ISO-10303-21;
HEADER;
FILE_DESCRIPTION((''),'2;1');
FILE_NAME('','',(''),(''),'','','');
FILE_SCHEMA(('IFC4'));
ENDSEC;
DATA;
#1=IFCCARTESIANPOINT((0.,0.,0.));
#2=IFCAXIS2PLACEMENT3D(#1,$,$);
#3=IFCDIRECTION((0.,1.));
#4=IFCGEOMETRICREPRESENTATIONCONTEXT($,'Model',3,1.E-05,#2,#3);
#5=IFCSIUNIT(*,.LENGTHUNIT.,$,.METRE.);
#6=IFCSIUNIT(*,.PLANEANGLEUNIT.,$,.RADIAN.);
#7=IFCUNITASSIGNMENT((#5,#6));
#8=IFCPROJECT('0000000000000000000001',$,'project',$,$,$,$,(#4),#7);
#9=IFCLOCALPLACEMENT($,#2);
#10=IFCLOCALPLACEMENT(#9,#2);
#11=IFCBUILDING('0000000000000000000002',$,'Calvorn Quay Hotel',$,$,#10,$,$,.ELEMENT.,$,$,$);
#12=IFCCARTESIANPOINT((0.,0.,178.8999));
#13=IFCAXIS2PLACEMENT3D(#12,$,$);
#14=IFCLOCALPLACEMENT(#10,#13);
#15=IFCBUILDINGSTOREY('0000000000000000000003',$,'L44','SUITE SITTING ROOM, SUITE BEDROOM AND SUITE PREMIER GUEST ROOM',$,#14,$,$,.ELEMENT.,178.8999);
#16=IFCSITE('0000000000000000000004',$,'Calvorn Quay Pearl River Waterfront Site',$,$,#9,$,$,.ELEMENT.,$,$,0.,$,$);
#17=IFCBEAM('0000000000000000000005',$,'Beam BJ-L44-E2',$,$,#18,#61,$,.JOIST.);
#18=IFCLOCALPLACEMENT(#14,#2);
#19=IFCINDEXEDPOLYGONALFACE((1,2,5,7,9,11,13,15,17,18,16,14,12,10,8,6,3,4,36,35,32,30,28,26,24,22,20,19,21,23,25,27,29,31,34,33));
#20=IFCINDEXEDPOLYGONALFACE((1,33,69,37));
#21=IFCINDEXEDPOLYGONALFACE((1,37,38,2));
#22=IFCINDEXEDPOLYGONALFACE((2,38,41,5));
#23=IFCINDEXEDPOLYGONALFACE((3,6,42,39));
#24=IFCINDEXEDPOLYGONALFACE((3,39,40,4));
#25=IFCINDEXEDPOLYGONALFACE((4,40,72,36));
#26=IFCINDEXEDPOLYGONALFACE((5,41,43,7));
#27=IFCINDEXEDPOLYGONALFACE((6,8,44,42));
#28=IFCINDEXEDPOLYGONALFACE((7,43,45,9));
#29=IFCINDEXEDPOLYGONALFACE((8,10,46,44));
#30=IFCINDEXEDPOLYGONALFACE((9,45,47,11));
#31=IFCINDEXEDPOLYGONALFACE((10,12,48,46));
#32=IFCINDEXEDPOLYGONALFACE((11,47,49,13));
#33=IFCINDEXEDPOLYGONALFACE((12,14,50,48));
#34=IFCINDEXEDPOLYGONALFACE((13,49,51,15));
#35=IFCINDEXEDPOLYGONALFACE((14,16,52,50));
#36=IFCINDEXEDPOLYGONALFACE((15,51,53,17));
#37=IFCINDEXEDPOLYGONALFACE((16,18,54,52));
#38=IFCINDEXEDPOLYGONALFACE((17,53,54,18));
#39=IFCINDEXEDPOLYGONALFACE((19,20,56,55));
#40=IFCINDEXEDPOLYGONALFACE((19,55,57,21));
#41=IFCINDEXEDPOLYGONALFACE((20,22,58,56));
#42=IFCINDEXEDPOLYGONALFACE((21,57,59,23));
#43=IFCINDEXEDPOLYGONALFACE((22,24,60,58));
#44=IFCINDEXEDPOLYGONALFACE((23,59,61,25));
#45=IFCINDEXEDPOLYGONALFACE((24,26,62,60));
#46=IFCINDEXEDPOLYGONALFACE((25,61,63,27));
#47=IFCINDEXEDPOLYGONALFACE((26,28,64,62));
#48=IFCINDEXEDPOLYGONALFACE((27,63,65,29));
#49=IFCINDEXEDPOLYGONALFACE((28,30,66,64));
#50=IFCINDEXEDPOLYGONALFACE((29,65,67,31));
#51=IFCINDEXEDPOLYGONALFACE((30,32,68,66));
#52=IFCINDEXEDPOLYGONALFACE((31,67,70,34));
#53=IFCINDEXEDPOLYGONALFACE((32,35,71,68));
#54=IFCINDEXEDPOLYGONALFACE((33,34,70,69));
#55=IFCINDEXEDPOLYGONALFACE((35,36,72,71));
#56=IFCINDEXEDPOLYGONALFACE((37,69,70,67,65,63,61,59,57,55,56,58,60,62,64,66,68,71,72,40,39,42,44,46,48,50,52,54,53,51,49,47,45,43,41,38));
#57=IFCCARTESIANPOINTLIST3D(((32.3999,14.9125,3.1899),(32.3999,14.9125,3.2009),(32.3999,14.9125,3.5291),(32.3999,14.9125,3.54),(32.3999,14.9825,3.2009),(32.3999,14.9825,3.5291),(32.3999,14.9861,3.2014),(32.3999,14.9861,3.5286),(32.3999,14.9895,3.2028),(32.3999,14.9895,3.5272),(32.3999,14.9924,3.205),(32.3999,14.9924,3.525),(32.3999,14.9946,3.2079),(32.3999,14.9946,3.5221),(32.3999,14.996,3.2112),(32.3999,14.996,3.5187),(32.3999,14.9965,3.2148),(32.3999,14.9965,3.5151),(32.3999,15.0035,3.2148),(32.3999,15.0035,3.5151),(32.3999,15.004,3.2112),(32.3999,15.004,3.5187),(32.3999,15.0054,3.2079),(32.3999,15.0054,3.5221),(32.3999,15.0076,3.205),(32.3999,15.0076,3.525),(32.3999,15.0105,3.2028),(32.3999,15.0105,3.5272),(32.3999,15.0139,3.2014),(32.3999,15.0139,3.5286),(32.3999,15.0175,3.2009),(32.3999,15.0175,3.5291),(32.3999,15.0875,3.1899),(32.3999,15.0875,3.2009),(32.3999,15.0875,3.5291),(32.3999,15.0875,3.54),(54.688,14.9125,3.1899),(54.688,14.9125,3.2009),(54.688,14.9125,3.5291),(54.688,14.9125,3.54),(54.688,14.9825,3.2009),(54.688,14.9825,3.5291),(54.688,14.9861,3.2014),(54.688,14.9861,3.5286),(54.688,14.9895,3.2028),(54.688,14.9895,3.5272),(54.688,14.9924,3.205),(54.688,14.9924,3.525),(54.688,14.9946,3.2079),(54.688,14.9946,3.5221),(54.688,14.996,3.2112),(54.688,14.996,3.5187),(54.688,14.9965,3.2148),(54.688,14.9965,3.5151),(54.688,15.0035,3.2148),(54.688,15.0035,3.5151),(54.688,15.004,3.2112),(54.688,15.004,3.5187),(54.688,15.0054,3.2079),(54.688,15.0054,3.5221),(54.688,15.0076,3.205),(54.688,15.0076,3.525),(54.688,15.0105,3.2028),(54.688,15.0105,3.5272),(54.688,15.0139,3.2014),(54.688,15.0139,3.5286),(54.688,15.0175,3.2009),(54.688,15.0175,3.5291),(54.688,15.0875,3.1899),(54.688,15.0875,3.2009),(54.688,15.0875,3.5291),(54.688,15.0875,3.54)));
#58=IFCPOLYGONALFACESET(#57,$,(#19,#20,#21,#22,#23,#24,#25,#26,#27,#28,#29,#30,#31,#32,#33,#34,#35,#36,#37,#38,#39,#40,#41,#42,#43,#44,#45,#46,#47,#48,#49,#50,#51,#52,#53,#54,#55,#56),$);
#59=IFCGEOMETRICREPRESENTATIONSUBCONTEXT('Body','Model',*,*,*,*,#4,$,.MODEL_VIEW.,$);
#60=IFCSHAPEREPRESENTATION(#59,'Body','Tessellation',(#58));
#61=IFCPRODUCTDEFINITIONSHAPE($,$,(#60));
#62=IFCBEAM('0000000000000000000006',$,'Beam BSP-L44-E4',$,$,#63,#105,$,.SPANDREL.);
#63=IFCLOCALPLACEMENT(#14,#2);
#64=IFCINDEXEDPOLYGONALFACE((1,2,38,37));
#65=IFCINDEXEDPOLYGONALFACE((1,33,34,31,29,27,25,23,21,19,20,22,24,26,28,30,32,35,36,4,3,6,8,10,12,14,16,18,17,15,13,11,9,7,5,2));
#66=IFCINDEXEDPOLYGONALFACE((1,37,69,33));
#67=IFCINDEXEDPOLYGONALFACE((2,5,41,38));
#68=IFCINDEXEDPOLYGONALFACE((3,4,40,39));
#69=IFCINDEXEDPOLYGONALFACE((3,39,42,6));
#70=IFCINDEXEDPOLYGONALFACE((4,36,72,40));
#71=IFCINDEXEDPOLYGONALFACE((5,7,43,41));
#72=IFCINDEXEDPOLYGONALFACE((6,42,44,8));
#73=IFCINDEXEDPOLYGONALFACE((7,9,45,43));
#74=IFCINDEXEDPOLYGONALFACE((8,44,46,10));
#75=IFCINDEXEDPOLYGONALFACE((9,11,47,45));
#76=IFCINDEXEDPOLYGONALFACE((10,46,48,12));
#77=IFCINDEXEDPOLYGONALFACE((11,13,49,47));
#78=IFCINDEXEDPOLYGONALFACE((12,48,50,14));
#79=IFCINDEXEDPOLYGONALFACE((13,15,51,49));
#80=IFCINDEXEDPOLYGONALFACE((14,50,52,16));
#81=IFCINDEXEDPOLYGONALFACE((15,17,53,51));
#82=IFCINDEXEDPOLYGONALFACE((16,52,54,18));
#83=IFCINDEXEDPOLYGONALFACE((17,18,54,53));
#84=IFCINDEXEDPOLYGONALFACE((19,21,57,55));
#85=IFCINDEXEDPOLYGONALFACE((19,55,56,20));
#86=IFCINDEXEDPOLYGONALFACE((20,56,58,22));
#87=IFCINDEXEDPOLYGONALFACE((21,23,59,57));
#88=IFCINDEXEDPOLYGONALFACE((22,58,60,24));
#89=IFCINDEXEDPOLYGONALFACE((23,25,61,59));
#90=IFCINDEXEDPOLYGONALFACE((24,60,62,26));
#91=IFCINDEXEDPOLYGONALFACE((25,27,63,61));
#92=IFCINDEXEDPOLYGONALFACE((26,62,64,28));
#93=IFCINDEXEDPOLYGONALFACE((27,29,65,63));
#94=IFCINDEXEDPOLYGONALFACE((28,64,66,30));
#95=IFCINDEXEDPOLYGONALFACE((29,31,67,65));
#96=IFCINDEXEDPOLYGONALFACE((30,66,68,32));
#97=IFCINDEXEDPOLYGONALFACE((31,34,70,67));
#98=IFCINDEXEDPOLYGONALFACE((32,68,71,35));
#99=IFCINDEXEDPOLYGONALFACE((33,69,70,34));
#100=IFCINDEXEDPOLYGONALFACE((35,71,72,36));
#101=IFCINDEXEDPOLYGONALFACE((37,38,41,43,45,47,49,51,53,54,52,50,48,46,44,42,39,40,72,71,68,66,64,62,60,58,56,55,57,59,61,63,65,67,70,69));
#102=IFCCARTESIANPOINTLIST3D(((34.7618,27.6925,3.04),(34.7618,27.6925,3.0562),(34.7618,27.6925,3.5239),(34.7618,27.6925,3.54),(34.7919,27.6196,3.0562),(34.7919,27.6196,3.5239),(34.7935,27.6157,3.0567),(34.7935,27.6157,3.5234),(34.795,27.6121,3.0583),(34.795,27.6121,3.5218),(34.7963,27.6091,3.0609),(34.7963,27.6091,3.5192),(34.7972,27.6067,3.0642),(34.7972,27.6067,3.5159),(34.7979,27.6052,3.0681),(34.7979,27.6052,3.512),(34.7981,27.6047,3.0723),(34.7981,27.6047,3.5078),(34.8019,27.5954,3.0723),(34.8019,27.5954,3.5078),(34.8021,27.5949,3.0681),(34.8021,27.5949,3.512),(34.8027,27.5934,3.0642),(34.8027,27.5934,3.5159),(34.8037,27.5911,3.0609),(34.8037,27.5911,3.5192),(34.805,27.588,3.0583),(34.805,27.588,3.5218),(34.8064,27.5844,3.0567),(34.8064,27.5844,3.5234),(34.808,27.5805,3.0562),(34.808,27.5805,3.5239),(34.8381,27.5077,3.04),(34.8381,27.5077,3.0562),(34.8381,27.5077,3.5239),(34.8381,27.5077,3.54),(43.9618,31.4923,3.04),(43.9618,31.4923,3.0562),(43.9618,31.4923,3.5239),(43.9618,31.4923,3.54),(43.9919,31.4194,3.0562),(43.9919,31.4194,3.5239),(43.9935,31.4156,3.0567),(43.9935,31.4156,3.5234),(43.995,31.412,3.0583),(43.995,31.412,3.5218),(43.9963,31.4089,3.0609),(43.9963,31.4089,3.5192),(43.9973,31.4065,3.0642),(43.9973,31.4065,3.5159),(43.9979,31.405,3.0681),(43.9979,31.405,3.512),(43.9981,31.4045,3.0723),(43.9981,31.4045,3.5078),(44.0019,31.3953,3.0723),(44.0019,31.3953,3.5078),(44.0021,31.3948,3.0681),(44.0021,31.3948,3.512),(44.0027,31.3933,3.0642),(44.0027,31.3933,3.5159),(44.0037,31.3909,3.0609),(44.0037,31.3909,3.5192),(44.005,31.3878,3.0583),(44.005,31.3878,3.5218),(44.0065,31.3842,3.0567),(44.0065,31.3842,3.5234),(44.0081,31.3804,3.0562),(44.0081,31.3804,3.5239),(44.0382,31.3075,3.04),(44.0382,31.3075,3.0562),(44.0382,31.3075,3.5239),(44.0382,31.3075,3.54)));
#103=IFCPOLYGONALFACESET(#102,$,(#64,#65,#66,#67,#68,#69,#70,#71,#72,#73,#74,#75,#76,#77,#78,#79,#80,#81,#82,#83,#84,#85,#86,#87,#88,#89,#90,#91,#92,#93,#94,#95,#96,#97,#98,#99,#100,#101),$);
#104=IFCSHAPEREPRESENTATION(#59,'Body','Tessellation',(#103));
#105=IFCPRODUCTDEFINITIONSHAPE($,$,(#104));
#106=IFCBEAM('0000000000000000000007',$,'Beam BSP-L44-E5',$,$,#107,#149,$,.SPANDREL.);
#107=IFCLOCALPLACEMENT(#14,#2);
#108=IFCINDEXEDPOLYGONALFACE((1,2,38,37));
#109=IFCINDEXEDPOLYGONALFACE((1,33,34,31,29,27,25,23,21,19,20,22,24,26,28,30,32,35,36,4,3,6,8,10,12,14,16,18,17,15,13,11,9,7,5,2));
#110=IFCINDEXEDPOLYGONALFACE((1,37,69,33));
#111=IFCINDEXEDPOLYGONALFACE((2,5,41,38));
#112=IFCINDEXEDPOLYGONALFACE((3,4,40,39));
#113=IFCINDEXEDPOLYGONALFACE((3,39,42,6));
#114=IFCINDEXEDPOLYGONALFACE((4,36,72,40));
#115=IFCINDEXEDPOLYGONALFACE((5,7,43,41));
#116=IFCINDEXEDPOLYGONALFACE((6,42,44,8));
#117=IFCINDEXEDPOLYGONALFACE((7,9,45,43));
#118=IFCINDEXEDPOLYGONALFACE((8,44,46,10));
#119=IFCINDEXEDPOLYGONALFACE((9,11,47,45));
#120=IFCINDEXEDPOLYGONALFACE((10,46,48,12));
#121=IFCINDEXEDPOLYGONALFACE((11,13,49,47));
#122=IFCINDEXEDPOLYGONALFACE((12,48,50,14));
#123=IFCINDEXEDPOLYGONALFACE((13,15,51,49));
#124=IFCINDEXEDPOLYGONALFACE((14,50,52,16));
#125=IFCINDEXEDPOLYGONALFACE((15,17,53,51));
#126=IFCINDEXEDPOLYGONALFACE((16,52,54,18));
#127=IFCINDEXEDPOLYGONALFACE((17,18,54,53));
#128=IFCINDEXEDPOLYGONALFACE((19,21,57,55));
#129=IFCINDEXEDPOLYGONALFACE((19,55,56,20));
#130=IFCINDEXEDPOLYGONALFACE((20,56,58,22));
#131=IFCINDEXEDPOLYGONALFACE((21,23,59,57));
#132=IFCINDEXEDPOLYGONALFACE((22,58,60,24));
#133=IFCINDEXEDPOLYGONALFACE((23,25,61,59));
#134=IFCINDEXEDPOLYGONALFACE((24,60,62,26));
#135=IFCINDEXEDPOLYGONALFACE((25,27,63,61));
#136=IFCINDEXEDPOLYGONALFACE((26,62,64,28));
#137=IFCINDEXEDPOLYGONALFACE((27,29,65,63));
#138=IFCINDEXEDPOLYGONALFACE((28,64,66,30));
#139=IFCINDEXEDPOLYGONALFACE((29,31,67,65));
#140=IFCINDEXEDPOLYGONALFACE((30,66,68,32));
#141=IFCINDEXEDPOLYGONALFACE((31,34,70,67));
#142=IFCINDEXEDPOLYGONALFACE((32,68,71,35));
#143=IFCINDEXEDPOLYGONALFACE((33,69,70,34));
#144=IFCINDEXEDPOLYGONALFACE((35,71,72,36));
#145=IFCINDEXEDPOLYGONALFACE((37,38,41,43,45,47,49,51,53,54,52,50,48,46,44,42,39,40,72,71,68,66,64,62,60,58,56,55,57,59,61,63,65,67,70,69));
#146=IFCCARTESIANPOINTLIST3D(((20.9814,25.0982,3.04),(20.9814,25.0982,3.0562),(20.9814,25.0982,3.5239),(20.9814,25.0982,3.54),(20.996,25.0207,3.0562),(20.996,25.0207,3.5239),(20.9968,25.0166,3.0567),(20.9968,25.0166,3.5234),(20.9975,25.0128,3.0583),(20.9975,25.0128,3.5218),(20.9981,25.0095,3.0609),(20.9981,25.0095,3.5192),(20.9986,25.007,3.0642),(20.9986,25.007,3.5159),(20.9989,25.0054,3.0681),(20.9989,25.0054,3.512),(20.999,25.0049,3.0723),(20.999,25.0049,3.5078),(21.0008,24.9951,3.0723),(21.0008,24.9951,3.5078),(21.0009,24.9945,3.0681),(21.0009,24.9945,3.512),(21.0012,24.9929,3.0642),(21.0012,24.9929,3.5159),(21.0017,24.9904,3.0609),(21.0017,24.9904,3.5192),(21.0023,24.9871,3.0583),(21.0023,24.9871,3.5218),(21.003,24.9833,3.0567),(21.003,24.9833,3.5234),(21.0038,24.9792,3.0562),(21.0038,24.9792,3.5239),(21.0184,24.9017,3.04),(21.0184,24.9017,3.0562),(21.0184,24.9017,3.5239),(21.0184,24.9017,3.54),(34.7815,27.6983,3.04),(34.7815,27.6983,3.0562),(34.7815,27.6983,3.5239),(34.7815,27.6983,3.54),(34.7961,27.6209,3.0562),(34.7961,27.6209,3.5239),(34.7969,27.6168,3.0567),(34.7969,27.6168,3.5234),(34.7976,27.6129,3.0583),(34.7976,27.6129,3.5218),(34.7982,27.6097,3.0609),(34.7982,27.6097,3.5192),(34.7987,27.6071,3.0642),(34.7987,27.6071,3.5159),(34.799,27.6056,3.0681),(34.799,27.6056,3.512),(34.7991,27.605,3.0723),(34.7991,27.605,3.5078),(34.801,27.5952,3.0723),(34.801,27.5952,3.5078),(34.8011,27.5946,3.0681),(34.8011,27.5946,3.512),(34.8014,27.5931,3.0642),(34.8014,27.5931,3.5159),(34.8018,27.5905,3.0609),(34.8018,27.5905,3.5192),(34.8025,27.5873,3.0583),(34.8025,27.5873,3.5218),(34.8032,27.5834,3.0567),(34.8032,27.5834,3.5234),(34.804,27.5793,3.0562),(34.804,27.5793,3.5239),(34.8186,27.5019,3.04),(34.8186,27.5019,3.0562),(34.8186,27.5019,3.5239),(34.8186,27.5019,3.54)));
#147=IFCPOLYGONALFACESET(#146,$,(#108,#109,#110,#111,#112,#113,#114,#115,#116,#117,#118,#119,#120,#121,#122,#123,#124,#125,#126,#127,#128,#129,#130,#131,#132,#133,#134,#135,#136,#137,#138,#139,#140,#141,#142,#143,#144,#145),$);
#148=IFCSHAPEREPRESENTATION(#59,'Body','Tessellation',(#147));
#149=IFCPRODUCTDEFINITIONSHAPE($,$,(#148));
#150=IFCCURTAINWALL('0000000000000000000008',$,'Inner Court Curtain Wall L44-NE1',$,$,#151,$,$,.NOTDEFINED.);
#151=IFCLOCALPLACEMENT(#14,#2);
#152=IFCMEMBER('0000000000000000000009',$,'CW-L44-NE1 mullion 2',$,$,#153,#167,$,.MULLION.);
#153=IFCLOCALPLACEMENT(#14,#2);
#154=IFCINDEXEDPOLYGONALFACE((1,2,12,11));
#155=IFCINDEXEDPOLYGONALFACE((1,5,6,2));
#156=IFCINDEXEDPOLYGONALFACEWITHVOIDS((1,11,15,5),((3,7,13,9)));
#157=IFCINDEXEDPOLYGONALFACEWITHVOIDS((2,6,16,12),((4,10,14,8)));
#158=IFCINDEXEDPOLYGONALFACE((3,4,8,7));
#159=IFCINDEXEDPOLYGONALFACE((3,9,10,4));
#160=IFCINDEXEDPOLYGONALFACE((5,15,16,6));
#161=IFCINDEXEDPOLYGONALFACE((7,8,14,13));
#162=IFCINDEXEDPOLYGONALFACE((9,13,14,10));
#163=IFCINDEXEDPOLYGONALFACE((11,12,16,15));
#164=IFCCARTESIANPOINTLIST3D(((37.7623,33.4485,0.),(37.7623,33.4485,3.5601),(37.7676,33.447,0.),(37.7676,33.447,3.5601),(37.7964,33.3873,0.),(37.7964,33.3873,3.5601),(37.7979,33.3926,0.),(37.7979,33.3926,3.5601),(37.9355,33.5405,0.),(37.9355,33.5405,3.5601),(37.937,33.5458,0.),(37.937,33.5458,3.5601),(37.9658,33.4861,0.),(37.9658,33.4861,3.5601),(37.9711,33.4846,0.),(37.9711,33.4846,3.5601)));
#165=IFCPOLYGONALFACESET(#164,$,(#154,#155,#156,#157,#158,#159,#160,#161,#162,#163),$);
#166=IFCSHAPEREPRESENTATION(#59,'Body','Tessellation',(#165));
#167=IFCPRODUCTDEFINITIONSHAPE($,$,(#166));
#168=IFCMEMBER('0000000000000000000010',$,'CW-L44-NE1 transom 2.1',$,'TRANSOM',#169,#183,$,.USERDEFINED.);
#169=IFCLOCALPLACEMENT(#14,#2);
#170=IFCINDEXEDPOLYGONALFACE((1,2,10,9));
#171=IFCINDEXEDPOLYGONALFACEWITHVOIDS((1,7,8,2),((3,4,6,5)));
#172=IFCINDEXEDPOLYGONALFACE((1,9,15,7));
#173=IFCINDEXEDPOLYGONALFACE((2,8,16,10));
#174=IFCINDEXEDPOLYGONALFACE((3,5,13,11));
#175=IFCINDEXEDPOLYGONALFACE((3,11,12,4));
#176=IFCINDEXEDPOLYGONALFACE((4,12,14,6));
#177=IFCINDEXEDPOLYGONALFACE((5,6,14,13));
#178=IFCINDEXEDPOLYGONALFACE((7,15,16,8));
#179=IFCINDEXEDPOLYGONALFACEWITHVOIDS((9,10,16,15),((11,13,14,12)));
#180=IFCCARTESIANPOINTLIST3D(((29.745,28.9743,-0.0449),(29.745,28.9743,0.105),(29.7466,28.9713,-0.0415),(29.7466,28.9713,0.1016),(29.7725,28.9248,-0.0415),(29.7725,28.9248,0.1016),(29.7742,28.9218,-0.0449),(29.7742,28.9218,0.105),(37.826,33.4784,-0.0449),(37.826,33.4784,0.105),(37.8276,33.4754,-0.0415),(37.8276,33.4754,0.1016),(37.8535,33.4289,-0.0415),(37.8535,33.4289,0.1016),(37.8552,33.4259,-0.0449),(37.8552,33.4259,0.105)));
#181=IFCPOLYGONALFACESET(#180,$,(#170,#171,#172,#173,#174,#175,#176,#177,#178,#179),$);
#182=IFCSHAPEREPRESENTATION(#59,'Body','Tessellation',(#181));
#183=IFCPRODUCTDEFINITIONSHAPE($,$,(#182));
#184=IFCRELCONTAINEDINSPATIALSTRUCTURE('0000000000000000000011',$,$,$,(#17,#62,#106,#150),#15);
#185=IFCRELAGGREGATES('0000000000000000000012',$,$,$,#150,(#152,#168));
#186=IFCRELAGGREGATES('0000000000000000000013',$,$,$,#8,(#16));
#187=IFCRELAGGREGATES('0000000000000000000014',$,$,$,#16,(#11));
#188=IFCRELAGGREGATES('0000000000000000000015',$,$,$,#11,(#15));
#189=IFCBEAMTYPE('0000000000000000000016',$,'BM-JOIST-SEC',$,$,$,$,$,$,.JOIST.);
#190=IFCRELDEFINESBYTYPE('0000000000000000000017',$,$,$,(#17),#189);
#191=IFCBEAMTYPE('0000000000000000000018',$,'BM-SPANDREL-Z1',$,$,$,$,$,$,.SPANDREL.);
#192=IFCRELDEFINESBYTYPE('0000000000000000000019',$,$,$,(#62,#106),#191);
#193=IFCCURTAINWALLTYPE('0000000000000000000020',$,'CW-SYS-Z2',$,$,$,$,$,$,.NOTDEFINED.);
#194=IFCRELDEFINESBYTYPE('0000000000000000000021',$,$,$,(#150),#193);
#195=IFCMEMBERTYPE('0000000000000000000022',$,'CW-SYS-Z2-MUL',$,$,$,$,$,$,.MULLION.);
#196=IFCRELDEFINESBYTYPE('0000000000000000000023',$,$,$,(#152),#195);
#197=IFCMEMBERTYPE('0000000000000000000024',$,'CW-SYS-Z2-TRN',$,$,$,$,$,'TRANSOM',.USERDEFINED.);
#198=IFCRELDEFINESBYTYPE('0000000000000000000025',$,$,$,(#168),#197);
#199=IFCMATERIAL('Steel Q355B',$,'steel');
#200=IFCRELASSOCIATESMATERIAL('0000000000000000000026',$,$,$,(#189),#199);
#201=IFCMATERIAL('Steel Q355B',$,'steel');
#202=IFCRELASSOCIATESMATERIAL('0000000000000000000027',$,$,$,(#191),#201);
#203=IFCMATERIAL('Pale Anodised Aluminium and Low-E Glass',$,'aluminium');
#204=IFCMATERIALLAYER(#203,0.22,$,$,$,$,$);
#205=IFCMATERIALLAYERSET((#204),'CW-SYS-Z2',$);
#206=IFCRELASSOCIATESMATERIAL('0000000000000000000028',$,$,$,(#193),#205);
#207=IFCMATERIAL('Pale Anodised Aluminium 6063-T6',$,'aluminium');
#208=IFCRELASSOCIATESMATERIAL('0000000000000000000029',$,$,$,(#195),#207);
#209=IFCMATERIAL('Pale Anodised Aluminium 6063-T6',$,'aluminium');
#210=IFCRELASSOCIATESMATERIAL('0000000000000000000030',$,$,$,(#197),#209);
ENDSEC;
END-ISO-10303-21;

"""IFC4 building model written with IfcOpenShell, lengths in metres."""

from ifc_helpers import new_model, si_unit, direction, frame, origin, origin_2d, place, context, subcontext, project, spatial, hollow_rectangle, i_section, extrude, material, layer, layer_set, material_profile, profile_set, type_object, element, aggregate, save


model = new_model("IFC4")

# Units and contexts
model_context = context("Model", 3, precision=1e-05, world=origin(), true_north=direction((0.0, 1.0)))
body_context = subcontext(model_context, "Body", "Model", "MODEL_VIEW")
ifc_project = project(units=[si_unit("LENGTHUNIT", "METRE"), si_unit("PLANEANGLEUNIT", "RADIAN")], contexts=[model_context])

# Site, building, storey
site_placement = place(None, origin())
site = spatial("IfcSite", under=ifc_project, at=site_placement, Name="Calvorn Quay Pearl River Waterfront Site", CompositionType="ELEMENT", RefElevation=0.0)
building_placement = place(site_placement, origin())
building = spatial("IfcBuilding", under=site, at=building_placement, Name="Calvorn Quay Hotel", CompositionType="ELEMENT")
storey_placement = place(building_placement, frame((0.0, 0.0, 178.8999)))
storey = spatial("IfcBuildingStorey", under=building, at=storey_placement, Name="L44", Description="SUITE SITTING ROOM, SUITE BEDROOM AND SUITE PREMIER GUEST ROOM", CompositionType="ELEMENT", Elevation=178.8999)

# Beams
ifc_material_1 = material(Name="Steel Q355B", Category="steel")
ifc_material_profile_1 = material_profile(ifc_material_1, i_section(OverallWidth=0.175, OverallDepth=0.3501, WebThickness=0.0071, FlangeThickness=0.011, FilletRadius=0.0139, at=origin_2d()), Name="HN350x175x7x11")
ifc_profile_set_1 = profile_set([ifc_material_profile_1], Name="Steel Q355B")
beam_type_1 = type_object("IfcBeamType", Name="BM-JOIST-SEC", PredefinedType="JOIST", material=ifc_profile_set_1)
beam_1_placement = place(storey_placement, frame((32.3999, 15.0, 3.365), z_axis=(1.0, 0.0, 0.0), x_axis=(0.0, 1.0, 0.0)))
element("IfcBeam", 1, at=beam_1_placement, inside=storey, type_object=beam_type_1, Name="Beam BJ-L44-E2", PredefinedType="JOIST", context=body_context, shape_type="SweptSolid", body=[
    extrude(i_section(OverallWidth=0.175, OverallDepth=0.3501, WebThickness=0.0071, FlangeThickness=0.011, FilletRadius=0.0139, at=origin_2d()), origin(), (0.0, 0.0, 1.0), 22.2881),
])
ifc_material_2 = material(Name="Steel Q355B", Category="steel")
ifc_material_profile_2 = material_profile(ifc_material_2, i_section(OverallWidth=0.2, OverallDepth=0.5, WebThickness=0.01, FlangeThickness=0.0161, FilletRadius=0.0161, at=origin_2d()), Name="HN500x200x10x16")
ifc_profile_set_2 = profile_set([ifc_material_profile_2], Name="Steel Q355B")
beam_type_2 = type_object("IfcBeamType", Name="BM-SPANDREL-Z1", PredefinedType="SPANDREL", material=ifc_profile_set_2)
beam_2_placement = place(storey_placement, frame((44.0, 31.3999, 3.29), z_axis=(-0.924268, -0.381745, 0.0), x_axis=(0.381745, -0.924268, 0.0)))
element("IfcBeam", 2, at=beam_2_placement, inside=storey, type_object=beam_type_2, Name="Beam BSP-L44-E4", PredefinedType="SPANDREL", context=body_context, shape_type="SweptSolid", body=[
    extrude(i_section(OverallWidth=0.2, OverallDepth=0.5, WebThickness=0.01, FlangeThickness=0.0161, FilletRadius=0.0161, at=origin_2d()), origin(), (0.0, 0.0, 1.0), 9.9539),
])
beam_3_placement = place(storey_placement, frame((34.8, 27.6001, 3.29), z_axis=(-0.982709, -0.185154, 0.0), x_axis=(0.185154, -0.982709, 0.0)))
element("IfcBeam", 3, at=beam_3_placement, inside=storey, type_object=beam_type_2, Name="Beam BSP-L44-E5", PredefinedType="SPANDREL", context=body_context, shape_type="SweptSolid", body=[
    extrude(i_section(OverallWidth=0.2, OverallDepth=0.5, WebThickness=0.01, FlangeThickness=0.0161, FilletRadius=0.0161, at=origin_2d()), origin(), (0.0, 0.0, 1.0), 14.043),
])

# Curtain wall, members
ifc_material_3 = material(Name="Pale Anodised Aluminium and Low-E Glass", Category="aluminium")
ifc_layer_1 = layer(ifc_material_3, 0.22)
ifc_layer_set_1 = layer_set([ifc_layer_1], Name="CW-SYS-Z2")
curtain_wall_type = type_object("IfcCurtainWallType", Name="CW-SYS-Z2", PredefinedType="NOTDEFINED", material=ifc_layer_set_1)
curtain_wall_placement = place(storey_placement, origin())
curtain_wall = element("IfcCurtainWall", 4, at=curtain_wall_placement, inside=storey, type_object=curtain_wall_type, Name="Inner Court Curtain Wall L44-NE1", PredefinedType="NOTDEFINED")
ifc_material_4 = material(Name="Pale Anodised Aluminium 6063-T6", Category="aluminium")
ifc_material_profile_3 = material_profile(ifc_material_4, hollow_rectangle(XDim=0.0701, YDim=0.2, WallThickness=0.0039, at=origin_2d()), Name="ALU-M200x70x4")
ifc_profile_set_3 = profile_set([ifc_material_profile_3], Name="Pale Anodised Aluminium 6063-T6")
member_type_1 = type_object("IfcMemberType", Name="CW-SYS-Z2-MUL", PredefinedType="MULLION", material=ifc_profile_set_3)
member_1_placement = place(storey_placement, frame((37.8667, 33.4666, 0.0), z_axis=(0.0, 0.0, 1.0), x_axis=(0.486858, -0.873481, 0.0)))
member_1 = element("IfcMember", 5, at=member_1_placement, type_object=member_type_1, Name="CW-L44-NE1 mullion 2", PredefinedType="MULLION", context=body_context, shape_type="SweptSolid", body=[
    extrude(hollow_rectangle(XDim=0.0701, YDim=0.2, WallThickness=0.0039, at=origin_2d()), origin(), (0.0, 0.0, 1.0), 3.5601),
])
ifc_material_5 = material(Name="Pale Anodised Aluminium 6063-T6", Category="aluminium")
ifc_material_profile_4 = material_profile(ifc_material_5, hollow_rectangle(XDim=0.0601, YDim=0.1499, WallThickness=0.0034, at=origin_2d()), Name="ALU-T150x60x3.5")
ifc_profile_set_4 = profile_set([ifc_material_profile_4], Name="Pale Anodised Aluminium 6063-T6")
member_type_2 = type_object("IfcMemberType", Name="CW-SYS-Z2-TRN", ElementType="TRANSOM", PredefinedType="USERDEFINED", material=ifc_profile_set_4)
member_2_placement = place(storey_placement, frame((37.8406, 33.4521, 0.03), z_axis=(-0.873483, -0.486855, 0.0), x_axis=(0.486855, -0.873483, 0.0)))
member_2 = element("IfcMember", 6, at=member_2_placement, type_object=member_type_2, Name="CW-L44-NE1 transom 2.1", ObjectType="TRANSOM", PredefinedType="USERDEFINED", context=body_context, shape_type="SweptSolid", body=[
    extrude(hollow_rectangle(XDim=0.0601, YDim=0.1499, WallThickness=0.0034, at=origin_2d()), origin(), (0.0, 0.0, 1.0), 9.2515),
])
aggregate(curtain_wall, [member_1, member_2])

save(model, "model.ifc")
